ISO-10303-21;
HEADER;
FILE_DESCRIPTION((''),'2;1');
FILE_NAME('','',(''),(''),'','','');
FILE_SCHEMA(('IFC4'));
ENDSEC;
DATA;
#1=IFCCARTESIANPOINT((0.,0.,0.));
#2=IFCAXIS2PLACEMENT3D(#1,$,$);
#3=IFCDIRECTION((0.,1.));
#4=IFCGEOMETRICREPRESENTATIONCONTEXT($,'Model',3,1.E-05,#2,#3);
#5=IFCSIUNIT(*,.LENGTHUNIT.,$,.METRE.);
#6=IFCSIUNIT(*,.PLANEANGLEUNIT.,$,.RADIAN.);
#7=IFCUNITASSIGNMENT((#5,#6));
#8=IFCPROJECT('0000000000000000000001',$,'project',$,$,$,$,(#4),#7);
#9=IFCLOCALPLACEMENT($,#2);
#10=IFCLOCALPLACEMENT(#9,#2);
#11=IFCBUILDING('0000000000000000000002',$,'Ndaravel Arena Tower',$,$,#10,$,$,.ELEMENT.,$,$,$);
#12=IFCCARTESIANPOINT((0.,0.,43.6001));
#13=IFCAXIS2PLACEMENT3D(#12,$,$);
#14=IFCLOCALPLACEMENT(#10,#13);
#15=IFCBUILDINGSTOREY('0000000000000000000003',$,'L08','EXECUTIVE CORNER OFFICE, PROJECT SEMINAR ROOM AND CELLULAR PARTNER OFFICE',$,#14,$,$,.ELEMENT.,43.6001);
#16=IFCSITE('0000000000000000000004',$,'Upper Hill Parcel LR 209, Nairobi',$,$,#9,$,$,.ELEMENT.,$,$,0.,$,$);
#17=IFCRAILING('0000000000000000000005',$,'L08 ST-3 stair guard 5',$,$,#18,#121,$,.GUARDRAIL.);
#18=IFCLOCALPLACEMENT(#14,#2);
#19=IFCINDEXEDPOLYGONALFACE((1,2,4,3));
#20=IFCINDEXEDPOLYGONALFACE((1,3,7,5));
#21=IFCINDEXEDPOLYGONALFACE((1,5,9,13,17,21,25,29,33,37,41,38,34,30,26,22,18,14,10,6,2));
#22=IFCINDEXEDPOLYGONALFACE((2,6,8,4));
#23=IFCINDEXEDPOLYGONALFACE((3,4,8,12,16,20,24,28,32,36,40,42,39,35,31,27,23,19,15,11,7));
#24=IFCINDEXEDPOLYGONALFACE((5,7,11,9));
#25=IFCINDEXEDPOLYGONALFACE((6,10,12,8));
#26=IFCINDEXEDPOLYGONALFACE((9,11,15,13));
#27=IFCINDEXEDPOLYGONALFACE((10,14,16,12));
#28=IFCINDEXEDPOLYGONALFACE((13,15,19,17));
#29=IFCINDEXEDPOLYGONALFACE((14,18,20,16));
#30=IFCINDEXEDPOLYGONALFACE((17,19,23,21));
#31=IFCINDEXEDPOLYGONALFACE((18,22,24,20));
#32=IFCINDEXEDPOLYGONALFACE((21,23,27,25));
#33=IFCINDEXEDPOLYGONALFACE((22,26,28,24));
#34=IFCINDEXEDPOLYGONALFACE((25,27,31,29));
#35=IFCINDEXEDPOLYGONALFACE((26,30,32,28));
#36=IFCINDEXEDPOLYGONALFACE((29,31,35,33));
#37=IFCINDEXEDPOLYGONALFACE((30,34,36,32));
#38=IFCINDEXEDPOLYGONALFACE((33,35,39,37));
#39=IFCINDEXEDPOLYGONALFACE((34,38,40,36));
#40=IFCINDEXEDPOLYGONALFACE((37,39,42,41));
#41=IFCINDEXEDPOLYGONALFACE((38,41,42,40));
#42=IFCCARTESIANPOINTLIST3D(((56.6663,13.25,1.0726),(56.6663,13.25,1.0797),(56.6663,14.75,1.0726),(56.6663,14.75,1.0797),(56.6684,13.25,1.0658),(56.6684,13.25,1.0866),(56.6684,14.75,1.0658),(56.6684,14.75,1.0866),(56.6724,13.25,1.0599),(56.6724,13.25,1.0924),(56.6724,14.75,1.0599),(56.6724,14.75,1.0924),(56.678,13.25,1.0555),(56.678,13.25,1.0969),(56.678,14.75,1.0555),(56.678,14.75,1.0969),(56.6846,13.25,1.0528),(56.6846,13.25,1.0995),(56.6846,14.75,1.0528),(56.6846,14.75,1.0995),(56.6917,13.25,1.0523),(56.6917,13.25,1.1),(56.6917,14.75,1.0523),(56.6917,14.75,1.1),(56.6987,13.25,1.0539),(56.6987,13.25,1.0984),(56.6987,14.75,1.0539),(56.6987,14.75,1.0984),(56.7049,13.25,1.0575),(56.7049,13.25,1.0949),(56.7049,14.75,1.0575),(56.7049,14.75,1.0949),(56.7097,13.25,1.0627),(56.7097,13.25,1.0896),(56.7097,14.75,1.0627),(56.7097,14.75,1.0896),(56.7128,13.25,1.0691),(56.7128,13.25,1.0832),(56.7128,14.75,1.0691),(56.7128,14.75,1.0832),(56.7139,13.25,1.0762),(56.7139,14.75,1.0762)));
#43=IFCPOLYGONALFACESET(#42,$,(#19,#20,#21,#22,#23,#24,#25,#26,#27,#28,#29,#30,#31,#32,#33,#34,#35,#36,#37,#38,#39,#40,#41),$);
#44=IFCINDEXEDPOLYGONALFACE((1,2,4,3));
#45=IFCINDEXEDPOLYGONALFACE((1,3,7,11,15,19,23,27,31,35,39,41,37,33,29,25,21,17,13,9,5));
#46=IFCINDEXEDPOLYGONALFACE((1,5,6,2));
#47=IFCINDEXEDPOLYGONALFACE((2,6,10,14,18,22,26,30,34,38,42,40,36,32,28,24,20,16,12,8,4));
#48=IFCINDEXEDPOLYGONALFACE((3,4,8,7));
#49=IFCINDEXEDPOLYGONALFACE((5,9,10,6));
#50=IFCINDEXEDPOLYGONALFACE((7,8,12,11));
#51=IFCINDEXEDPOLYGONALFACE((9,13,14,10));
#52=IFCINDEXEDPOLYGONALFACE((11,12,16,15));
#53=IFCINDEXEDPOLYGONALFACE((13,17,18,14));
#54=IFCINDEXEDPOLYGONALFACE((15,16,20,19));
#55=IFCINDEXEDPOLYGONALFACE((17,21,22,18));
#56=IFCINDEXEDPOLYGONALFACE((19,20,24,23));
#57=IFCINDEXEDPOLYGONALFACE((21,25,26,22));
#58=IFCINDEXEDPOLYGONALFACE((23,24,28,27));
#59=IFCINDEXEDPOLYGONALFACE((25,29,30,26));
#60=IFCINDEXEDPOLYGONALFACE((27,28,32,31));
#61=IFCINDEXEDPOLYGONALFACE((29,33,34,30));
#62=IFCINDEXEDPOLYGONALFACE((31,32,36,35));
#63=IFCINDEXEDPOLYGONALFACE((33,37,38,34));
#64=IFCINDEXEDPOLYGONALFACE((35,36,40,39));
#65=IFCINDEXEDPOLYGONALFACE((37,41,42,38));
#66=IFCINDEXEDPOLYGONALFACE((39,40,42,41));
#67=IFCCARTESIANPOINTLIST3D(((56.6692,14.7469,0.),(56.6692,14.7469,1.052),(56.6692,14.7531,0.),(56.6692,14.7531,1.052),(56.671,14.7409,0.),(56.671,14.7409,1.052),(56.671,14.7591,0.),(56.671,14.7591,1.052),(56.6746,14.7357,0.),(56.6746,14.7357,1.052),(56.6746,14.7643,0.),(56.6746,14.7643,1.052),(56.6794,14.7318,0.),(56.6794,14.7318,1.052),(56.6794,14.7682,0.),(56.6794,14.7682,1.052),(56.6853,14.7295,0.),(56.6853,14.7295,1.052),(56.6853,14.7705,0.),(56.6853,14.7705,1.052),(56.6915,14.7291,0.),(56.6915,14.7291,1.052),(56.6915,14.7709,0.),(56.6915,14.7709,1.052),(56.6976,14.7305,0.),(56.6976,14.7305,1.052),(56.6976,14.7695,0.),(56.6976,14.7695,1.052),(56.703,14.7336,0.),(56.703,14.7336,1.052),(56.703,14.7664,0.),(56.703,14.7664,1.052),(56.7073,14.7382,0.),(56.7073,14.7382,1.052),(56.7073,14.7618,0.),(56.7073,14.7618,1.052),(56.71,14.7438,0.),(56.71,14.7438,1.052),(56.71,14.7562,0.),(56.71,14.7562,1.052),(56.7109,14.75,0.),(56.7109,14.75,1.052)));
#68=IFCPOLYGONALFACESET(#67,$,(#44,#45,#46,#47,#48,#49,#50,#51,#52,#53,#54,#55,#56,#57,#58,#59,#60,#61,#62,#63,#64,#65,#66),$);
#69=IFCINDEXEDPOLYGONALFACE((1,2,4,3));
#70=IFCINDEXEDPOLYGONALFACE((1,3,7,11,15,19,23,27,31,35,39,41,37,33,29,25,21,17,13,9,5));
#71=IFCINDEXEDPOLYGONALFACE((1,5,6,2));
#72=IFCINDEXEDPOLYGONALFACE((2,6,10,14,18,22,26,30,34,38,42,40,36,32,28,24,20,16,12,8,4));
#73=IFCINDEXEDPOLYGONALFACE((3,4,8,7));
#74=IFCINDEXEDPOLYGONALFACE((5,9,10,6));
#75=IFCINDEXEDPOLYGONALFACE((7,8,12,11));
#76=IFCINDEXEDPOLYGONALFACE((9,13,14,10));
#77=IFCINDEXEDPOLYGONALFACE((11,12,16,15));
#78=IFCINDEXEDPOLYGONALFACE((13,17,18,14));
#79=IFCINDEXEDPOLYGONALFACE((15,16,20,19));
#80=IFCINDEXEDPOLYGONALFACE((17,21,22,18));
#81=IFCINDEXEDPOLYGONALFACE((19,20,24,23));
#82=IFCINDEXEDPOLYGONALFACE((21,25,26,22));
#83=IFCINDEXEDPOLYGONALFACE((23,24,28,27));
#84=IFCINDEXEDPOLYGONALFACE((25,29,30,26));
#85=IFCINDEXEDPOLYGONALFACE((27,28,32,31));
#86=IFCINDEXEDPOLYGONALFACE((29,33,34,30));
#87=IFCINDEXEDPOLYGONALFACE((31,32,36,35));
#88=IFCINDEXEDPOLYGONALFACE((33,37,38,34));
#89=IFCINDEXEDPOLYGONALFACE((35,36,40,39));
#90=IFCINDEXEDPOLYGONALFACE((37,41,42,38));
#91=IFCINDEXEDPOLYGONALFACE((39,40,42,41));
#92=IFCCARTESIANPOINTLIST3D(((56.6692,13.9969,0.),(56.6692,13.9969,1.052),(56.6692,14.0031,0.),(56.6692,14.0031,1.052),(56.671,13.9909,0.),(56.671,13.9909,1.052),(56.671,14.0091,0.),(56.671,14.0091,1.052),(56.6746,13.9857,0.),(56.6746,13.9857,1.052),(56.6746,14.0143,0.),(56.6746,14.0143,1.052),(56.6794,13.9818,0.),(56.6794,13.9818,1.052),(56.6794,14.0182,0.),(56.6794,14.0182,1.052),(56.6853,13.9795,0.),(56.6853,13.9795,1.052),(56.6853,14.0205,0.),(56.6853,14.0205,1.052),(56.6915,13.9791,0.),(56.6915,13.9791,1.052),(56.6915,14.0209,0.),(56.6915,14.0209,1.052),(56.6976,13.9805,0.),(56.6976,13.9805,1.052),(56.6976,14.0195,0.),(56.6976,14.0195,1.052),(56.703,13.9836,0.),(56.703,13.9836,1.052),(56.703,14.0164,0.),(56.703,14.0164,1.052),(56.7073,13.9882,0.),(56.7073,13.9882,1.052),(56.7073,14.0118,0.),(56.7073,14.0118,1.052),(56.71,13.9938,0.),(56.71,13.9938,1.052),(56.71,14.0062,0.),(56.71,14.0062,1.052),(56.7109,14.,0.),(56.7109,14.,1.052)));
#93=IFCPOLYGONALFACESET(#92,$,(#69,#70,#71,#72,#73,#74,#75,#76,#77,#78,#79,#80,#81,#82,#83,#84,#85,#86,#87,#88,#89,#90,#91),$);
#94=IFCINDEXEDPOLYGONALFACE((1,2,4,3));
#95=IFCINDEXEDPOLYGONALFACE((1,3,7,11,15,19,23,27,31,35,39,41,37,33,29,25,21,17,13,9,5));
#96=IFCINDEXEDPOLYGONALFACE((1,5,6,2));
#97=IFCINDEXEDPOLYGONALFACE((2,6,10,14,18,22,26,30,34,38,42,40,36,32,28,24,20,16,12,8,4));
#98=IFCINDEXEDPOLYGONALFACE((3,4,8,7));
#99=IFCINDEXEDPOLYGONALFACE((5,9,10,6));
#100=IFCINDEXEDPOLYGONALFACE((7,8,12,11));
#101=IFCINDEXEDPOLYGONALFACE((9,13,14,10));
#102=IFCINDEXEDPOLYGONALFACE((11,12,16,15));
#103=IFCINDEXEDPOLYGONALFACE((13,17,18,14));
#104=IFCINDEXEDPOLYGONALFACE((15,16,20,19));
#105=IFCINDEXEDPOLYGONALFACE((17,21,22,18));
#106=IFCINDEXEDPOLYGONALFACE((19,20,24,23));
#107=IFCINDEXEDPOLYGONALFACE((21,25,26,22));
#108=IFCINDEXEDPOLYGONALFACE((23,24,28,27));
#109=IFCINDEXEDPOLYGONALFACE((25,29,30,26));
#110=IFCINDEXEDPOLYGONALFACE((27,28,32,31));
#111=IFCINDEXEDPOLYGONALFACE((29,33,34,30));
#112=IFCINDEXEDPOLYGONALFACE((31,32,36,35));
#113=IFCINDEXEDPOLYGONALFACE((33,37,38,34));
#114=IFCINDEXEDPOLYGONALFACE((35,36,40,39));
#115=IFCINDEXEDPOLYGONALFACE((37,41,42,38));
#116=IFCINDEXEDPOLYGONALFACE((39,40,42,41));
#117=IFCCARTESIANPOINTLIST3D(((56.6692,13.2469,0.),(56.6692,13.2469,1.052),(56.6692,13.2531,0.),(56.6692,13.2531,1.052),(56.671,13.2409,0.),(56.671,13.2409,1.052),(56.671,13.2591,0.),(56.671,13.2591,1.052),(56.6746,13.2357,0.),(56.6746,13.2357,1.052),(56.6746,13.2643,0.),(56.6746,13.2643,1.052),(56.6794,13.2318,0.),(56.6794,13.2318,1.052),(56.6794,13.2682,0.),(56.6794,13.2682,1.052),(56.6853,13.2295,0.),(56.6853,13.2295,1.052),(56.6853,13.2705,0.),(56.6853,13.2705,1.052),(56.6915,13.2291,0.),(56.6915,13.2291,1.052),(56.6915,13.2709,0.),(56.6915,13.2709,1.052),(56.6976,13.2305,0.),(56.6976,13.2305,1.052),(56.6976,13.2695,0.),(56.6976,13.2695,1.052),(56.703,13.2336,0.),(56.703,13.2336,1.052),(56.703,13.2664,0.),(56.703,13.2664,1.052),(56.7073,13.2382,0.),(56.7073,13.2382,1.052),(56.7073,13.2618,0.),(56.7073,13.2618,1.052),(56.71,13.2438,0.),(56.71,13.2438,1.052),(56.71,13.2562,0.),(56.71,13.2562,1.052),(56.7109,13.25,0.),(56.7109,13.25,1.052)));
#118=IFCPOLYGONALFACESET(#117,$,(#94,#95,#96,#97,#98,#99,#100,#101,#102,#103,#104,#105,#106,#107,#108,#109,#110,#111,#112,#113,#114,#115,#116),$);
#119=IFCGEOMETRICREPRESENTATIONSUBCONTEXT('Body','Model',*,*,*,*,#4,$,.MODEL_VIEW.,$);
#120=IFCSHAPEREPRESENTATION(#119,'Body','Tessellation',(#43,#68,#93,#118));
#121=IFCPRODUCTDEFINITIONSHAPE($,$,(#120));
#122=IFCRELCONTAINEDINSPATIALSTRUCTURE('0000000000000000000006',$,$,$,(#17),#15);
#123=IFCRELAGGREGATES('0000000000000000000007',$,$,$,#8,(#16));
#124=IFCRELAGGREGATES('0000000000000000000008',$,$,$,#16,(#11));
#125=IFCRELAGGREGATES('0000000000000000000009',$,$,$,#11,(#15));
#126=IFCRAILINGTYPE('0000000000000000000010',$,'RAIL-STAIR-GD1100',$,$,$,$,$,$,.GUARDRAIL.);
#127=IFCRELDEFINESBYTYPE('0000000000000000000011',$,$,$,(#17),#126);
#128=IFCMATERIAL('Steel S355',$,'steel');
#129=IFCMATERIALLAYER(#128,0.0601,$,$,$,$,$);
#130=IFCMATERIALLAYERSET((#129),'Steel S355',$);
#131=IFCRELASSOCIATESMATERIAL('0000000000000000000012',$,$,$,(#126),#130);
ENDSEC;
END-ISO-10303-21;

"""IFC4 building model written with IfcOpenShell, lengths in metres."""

from ifc_helpers import new_model, si_unit, direction, frame, origin, origin_2d, place, context, subcontext, project, spatial, circle, extrude, material, layer, layer_set, type_object, element, save


model = new_model("IFC4")

# Units and contexts
model_context = context("Model", 3, precision=1e-05, world=origin(), true_north=direction((0.0, 1.0)))
body_context = subcontext(model_context, "Body", "Model", "MODEL_VIEW")
ifc_project = project(units=[si_unit("LENGTHUNIT", "METRE"), si_unit("PLANEANGLEUNIT", "RADIAN")], contexts=[model_context])

# Site, building, storey
site_placement = place(None, origin())
site = spatial("IfcSite", under=ifc_project, at=site_placement, Name="Upper Hill Parcel LR 209, Nairobi", CompositionType="ELEMENT", RefElevation=0.0)
building_placement = place(site_placement, origin())
building = spatial("IfcBuilding", under=site, at=building_placement, Name="Ndaravel Arena Tower", CompositionType="ELEMENT")
storey_placement = place(building_placement, frame((0.0, 0.0, 43.6001)))
storey = spatial("IfcBuildingStorey", under=building, at=storey_placement, Name="L08", Description="EXECUTIVE CORNER OFFICE, PROJECT SEMINAR ROOM AND CELLULAR PARTNER OFFICE", CompositionType="ELEMENT", Elevation=43.6001)

# Railing
ifc_material_1 = material(Name="Steel S355", Category="steel")
ifc_layer_1 = layer(ifc_material_1, 0.0601)
ifc_layer_set_1 = layer_set([ifc_layer_1], Name="Steel S355")
railing_type = type_object("IfcRailingType", Name="RAIL-STAIR-GD1100", PredefinedType="GUARDRAIL", material=ifc_layer_set_1)
for number, where, name in (
    (1, (56.6899, 14.75, 0.0), "L08 ST-3 stair guard 5"),
):
    element("IfcRailing", number, at=place(storey_placement, frame(where)), inside=storey, type_object=railing_type, Name=name, PredefinedType="GUARDRAIL", context=body_context, shape_type="SweptSolid", body=[
        extrude(circle(Radius=0.0239, at=origin_2d()), frame((0.0, 0.0, 1.0762), z_axis=(0.0, -1.0, 0.0), x_axis=(1.0, 0.0, 0.0)), (0.0, 0.0, 1.0), 1.5),
        extrude(circle(Radius=0.021, at=origin_2d()), origin(), (0.0, 0.0, 1.0), 1.052),
        extrude(circle(Radius=0.021, at=origin_2d()), frame((0.0, -0.75, 0.0)), (0.0, 0.0, 1.0), 1.052),
        extrude(circle(Radius=0.021, at=origin_2d()), frame((0.0, -1.5, 0.0)), (0.0, 0.0, 1.0), 1.052),
    ])

save(model, "model.ifc")
